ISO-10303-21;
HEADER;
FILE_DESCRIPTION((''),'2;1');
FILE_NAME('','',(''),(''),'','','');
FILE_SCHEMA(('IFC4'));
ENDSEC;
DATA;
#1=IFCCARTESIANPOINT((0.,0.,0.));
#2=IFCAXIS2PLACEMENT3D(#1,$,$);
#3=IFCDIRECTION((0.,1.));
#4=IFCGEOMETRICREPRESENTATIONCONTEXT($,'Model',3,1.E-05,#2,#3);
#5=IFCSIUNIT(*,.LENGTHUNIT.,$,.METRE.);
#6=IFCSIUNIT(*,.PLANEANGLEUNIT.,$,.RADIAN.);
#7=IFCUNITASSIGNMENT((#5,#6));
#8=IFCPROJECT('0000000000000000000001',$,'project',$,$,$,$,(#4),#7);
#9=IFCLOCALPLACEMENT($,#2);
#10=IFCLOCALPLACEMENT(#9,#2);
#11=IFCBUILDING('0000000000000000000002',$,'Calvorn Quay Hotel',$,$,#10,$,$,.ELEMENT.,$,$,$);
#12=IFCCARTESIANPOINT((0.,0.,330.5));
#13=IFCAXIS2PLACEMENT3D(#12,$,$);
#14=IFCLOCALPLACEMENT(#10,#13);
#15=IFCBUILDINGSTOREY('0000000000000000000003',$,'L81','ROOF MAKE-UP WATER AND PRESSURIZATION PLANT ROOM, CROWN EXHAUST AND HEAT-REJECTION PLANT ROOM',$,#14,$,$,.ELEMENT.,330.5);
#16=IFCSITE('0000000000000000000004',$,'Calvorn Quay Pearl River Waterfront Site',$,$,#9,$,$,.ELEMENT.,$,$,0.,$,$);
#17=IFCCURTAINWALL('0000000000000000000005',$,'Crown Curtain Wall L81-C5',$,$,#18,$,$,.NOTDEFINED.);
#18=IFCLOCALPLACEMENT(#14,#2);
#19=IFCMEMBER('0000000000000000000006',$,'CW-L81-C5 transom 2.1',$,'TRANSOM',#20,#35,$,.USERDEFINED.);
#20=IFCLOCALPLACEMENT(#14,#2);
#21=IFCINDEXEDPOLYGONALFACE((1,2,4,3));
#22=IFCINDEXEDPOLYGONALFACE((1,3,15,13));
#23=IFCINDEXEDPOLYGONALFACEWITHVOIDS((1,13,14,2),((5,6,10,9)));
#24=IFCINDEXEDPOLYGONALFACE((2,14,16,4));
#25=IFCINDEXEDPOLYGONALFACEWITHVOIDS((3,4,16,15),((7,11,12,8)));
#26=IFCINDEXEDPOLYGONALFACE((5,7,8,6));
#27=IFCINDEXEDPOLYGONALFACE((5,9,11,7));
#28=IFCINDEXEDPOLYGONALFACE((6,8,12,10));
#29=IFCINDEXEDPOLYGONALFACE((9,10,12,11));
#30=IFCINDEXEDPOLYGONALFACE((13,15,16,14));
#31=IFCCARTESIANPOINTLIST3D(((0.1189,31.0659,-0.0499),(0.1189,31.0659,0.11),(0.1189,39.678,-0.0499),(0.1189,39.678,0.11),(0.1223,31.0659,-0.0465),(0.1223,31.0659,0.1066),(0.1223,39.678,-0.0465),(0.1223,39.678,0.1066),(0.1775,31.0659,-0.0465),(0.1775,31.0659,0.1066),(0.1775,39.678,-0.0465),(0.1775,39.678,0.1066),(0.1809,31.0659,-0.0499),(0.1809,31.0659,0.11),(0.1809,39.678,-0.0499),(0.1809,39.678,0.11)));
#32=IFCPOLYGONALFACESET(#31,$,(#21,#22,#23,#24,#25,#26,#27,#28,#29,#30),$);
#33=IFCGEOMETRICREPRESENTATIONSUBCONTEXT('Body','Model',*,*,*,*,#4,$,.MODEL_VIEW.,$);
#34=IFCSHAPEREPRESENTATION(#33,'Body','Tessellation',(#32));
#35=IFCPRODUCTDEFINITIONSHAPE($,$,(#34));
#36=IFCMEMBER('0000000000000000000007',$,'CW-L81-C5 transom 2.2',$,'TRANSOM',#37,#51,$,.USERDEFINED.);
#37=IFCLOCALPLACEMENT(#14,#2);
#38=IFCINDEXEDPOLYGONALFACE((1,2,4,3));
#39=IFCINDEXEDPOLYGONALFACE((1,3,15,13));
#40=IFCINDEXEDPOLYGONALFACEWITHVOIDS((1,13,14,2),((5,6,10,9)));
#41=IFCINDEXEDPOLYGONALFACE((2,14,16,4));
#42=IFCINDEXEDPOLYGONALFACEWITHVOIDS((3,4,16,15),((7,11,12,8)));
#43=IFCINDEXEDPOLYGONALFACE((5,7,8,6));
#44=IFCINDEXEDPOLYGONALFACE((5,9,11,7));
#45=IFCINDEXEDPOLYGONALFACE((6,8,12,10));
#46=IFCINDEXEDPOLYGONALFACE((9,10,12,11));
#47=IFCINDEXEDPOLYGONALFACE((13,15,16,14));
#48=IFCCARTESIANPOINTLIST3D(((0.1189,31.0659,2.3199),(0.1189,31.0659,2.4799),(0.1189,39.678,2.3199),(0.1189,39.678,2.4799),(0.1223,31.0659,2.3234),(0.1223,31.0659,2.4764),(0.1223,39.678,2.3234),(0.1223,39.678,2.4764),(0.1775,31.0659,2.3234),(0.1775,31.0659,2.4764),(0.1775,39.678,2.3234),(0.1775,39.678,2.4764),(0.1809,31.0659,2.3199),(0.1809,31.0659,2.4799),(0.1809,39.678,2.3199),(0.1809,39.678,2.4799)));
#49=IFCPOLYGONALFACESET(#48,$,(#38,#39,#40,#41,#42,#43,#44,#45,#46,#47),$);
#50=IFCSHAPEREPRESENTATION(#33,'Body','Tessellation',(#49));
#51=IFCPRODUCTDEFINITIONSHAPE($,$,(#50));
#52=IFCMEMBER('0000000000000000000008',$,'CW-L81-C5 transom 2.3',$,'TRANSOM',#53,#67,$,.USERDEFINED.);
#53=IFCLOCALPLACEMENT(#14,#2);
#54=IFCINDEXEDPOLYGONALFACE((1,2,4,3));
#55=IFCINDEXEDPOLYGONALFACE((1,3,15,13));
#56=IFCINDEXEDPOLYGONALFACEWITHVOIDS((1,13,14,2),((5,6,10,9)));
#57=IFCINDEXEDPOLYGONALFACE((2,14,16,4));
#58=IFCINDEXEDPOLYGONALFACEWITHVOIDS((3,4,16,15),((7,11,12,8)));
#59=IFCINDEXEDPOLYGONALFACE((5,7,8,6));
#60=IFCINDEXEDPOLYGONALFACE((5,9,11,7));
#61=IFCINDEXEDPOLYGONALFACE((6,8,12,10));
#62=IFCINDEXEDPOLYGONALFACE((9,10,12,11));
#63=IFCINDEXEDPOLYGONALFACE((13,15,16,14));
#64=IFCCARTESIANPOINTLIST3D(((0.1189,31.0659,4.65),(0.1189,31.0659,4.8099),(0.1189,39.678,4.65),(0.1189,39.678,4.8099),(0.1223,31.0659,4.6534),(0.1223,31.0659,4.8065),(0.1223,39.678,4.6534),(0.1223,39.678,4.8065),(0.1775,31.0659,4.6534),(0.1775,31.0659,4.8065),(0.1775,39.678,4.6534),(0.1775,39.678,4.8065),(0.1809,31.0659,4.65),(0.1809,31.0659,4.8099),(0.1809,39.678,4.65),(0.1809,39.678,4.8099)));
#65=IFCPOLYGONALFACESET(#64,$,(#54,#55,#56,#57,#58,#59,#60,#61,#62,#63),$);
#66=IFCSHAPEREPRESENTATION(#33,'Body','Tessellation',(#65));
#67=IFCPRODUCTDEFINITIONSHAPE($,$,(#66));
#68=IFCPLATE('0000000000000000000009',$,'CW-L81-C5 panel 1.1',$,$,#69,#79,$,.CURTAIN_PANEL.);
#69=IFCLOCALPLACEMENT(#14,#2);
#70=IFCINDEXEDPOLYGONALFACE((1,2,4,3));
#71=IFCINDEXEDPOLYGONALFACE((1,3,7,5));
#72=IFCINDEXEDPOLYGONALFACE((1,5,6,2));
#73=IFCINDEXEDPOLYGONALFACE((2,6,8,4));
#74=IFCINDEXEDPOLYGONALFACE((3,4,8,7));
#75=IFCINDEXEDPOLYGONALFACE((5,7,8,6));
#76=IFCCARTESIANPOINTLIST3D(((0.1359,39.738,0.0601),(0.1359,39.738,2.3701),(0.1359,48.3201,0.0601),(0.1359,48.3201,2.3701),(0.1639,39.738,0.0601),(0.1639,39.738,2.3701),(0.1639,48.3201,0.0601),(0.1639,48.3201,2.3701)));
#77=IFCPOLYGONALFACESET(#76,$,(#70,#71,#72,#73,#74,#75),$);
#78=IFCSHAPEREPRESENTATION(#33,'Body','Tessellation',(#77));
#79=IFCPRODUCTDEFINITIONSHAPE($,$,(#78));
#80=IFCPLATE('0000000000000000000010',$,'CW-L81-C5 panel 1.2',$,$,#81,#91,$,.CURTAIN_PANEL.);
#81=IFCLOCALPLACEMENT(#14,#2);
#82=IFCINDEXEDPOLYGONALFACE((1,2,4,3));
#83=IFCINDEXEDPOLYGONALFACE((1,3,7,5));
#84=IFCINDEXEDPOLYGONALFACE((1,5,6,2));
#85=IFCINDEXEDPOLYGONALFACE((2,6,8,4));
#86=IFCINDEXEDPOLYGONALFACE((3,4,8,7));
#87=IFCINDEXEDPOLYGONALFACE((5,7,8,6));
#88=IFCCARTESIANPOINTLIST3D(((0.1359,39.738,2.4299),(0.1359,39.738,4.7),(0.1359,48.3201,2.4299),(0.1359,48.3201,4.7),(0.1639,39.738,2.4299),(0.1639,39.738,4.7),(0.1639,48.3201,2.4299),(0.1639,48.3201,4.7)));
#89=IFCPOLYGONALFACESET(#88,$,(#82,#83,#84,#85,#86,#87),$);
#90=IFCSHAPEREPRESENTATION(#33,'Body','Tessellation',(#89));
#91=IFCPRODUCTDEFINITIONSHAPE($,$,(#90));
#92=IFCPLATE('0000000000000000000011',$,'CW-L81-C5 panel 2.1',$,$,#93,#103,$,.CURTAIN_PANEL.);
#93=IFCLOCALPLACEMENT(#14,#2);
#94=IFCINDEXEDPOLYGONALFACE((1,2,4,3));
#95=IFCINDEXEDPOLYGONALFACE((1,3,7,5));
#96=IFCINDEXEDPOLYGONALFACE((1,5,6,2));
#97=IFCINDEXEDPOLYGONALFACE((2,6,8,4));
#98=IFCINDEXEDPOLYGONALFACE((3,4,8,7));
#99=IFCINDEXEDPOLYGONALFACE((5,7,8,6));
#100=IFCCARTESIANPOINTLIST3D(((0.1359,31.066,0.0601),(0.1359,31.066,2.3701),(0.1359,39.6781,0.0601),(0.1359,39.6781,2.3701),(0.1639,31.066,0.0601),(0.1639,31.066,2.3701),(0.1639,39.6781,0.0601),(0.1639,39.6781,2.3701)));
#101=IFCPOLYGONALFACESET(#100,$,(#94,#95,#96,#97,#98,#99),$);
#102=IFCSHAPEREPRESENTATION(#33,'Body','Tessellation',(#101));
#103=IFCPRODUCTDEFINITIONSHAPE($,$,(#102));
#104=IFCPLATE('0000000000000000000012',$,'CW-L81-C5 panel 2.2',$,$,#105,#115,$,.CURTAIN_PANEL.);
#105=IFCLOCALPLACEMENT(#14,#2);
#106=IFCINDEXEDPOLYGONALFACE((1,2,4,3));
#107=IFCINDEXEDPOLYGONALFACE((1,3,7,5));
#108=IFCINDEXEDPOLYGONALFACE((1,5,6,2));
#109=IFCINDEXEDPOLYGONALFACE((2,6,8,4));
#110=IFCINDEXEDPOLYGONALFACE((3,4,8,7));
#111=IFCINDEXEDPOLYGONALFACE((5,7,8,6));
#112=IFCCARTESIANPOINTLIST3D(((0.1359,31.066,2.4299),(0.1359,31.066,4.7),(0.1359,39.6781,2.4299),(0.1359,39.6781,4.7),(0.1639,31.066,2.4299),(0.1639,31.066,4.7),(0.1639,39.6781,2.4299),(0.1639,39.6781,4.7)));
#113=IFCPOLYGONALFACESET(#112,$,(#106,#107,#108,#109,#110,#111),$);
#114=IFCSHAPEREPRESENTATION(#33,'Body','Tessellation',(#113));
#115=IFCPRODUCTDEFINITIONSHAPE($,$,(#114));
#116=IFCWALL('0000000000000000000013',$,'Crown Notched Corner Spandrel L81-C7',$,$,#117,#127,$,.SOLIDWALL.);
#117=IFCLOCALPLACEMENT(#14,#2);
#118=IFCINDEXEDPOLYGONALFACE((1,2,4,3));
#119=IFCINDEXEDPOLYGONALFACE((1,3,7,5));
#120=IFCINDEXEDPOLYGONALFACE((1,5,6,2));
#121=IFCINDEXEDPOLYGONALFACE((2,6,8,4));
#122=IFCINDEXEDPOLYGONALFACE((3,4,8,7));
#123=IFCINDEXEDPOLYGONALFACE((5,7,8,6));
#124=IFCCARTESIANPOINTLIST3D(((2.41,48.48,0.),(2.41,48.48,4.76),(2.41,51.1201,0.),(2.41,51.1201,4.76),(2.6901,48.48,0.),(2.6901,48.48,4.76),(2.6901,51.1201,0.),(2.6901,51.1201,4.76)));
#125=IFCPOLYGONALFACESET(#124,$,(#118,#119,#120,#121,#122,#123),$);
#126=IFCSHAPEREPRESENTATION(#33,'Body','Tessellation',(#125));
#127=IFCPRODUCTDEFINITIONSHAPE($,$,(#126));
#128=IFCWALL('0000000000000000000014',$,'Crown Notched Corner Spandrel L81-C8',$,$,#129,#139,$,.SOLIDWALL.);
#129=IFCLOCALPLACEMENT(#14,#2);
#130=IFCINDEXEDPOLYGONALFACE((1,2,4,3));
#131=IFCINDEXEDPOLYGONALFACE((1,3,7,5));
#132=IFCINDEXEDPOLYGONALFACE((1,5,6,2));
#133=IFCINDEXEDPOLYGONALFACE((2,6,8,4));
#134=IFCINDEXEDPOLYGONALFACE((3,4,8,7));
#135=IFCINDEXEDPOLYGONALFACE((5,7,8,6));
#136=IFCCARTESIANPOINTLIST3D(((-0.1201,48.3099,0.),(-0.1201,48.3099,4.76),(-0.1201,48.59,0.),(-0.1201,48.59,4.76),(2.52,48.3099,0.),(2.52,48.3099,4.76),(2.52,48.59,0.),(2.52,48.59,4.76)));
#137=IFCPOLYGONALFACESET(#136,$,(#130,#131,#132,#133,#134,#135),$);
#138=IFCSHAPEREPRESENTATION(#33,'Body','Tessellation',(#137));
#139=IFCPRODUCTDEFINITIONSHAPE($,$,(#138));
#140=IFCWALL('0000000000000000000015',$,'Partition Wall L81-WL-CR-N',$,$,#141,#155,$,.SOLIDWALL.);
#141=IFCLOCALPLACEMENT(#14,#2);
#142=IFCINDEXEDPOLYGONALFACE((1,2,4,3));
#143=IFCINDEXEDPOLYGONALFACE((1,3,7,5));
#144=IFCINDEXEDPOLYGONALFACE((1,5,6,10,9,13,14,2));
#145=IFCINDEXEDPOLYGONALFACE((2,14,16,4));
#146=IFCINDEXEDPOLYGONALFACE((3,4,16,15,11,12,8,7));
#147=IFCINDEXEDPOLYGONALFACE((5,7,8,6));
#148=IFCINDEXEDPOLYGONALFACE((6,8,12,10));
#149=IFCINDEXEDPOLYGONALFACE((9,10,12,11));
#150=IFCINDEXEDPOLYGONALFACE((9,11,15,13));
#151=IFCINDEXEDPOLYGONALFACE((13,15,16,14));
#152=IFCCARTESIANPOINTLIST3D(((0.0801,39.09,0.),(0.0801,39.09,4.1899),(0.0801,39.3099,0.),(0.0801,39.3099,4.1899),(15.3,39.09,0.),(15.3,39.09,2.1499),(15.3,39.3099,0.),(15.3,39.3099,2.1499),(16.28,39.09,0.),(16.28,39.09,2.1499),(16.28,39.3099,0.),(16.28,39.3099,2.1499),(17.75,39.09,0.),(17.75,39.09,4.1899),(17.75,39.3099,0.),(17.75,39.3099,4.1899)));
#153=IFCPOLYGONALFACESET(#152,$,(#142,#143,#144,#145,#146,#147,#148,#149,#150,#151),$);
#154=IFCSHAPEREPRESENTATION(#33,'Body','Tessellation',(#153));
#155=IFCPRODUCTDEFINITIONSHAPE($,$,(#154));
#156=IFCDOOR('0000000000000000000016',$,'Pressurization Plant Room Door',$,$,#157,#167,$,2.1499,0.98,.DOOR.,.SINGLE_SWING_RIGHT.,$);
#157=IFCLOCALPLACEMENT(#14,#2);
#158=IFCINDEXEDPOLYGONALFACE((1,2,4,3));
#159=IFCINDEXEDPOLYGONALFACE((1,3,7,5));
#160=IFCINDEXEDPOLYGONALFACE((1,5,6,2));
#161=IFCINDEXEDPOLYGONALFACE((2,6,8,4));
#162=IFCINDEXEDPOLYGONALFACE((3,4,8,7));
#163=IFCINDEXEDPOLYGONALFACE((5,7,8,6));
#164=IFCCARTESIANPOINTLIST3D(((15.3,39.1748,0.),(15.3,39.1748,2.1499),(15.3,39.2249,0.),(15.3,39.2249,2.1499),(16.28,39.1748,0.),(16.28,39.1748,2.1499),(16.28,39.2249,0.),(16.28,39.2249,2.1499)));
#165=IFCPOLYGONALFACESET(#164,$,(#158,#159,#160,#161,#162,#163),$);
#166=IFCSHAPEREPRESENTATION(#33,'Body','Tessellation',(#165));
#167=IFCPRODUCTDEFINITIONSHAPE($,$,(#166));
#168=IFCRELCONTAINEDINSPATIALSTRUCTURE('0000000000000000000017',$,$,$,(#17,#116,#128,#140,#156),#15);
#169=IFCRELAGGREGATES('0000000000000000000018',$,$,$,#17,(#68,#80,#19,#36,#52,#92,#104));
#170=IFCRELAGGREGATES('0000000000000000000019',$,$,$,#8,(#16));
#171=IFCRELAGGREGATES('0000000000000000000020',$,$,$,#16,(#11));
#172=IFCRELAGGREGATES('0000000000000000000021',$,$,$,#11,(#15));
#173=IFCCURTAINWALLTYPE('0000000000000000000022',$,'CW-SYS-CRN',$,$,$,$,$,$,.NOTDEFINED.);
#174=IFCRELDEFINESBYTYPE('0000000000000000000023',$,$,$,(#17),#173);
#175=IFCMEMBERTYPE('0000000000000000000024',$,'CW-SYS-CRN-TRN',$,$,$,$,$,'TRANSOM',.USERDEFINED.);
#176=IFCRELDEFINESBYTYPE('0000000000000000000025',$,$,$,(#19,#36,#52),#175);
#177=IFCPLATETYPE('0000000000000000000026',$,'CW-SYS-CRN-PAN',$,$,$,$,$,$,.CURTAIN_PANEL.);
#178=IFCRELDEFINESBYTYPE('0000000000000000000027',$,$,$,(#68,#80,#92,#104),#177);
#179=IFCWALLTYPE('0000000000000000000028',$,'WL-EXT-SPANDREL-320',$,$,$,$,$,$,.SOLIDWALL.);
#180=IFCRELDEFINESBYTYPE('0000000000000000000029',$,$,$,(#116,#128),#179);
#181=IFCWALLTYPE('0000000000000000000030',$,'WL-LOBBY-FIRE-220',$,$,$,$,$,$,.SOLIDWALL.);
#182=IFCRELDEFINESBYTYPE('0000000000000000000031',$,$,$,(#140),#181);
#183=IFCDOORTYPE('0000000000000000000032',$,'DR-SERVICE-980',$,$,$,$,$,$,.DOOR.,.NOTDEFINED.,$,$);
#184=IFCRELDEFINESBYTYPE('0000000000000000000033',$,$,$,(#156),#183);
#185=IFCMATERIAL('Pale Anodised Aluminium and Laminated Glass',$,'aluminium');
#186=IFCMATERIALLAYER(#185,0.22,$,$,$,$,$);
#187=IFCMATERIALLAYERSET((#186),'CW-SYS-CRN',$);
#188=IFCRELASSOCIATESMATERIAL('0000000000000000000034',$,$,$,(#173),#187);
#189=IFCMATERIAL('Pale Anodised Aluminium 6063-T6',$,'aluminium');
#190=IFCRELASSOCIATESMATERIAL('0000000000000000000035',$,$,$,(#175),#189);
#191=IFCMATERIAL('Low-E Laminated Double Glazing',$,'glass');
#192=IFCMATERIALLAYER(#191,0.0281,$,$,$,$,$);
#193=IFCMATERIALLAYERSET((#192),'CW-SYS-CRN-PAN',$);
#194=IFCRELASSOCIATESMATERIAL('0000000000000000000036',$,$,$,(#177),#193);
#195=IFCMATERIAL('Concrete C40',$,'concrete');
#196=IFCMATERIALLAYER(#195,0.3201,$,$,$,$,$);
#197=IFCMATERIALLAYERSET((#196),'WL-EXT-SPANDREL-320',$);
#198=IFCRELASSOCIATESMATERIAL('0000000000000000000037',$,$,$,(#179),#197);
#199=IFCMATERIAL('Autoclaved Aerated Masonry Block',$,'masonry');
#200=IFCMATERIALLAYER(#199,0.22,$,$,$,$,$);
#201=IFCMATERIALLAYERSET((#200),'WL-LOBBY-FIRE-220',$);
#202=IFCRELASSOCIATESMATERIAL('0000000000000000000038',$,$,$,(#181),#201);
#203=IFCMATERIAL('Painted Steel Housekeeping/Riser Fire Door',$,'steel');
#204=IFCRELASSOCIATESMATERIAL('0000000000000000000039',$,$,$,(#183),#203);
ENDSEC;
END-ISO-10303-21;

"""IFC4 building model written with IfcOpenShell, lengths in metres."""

from ifc_helpers import new_model, si_unit, direction, frame, frame_2d, origin, origin_2d, place, context, subcontext, project, spatial, rectangle, hollow_rectangle, extrude, material, layer, layer_set, material_profile, profile_set, type_object, element, fill, aggregate, save


model = new_model("IFC4")

# Units and contexts
model_context = context("Model", 3, precision=1e-05, world=origin(), true_north=direction((0.0, 1.0)))
body_context = subcontext(model_context, "Body", "Model", "MODEL_VIEW")
ifc_project = project(units=[si_unit("LENGTHUNIT", "METRE"), si_unit("PLANEANGLEUNIT", "RADIAN")], contexts=[model_context])

# Site, building, storey
site_placement = place(None, origin())
site = spatial("IfcSite", under=ifc_project, at=site_placement, Name="Calvorn Quay Pearl River Waterfront Site", CompositionType="ELEMENT", RefElevation=0.0)
building_placement = place(site_placement, origin())
building = spatial("IfcBuilding", under=site, at=building_placement, Name="Calvorn Quay Hotel", CompositionType="ELEMENT")
storey_placement = place(building_placement, frame((0.0, 0.0, 330.5)))
storey = spatial("IfcBuildingStorey", under=building, at=storey_placement, Name="L81", Description="ROOF MAKE-UP WATER AND PRESSURIZATION PLANT ROOM, CROWN EXHAUST AND HEAT-REJECTION PLANT ROOM", CompositionType="ELEMENT", Elevation=330.5)

# Curtain wall, members, plates
ifc_material_1 = material(Name="Pale Anodised Aluminium and Laminated Glass", Category="aluminium")
ifc_layer_1 = layer(ifc_material_1, 0.22)
ifc_layer_set_1 = layer_set([ifc_layer_1], Name="CW-SYS-CRN")
curtain_wall_type = type_object("IfcCurtainWallType", Name="CW-SYS-CRN", PredefinedType="NOTDEFINED", material=ifc_layer_set_1)
curtain_wall_placement = place(storey_placement, origin())
curtain_wall = element("IfcCurtainWall", 1, at=curtain_wall_placement, inside=storey, type_object=curtain_wall_type, Name="Crown Curtain Wall L81-C5", PredefinedType="NOTDEFINED")
ifc_material_2 = material(Name="Pale Anodised Aluminium 6063-T6", Category="aluminium")
ifc_material_profile_1 = material_profile(ifc_material_2, hollow_rectangle(XDim=0.062, YDim=0.1599, WallThickness=0.0034, at=origin_2d()), Name="ALU-T160x62x3.5")
ifc_profile_set_1 = profile_set([ifc_material_profile_1], Name="Pale Anodised Aluminium 6063-T6")
member_type_1 = type_object("IfcMemberType", Name="CW-SYS-CRN-TRN", ElementType="TRANSOM", PredefinedType="USERDEFINED", material=ifc_profile_set_1)
member_1_placement = place(storey_placement, frame((0.1499, 39.678, 0.03), z_axis=(0.0, -1.0, 0.0), x_axis=(1.0, 0.0, 0.0)))
member_1 = element("IfcMember", 2, at=member_1_placement, type_object=member_type_1, Name="CW-L81-C5 transom 2.1", ObjectType="TRANSOM", PredefinedType="USERDEFINED", context=body_context, shape_type="SweptSolid", body=[
    extrude(hollow_rectangle(XDim=0.062, YDim=0.1599, WallThickness=0.0034, at=origin_2d()), origin(), (0.0, 0.0, 1.0), 8.6121),
])
member_2_placement = place(storey_placement, frame((0.1499, 39.678, 2.3999), z_axis=(0.0, -1.0, 0.0), x_axis=(1.0, 0.0, 0.0)))
member_2 = element("IfcMember", 3, at=member_2_placement, type_object=member_type_1, Name="CW-L81-C5 transom 2.2", ObjectType="TRANSOM", PredefinedType="USERDEFINED", context=body_context, shape_type="SweptSolid", body=[
    extrude(hollow_rectangle(XDim=0.062, YDim=0.1599, WallThickness=0.0034, at=origin_2d()), origin(), (0.0, 0.0, 1.0), 8.6121),
])
member_3_placement = place(storey_placement, frame((0.1499, 39.678, 4.73), z_axis=(0.0, -1.0, 0.0), x_axis=(1.0, 0.0, 0.0)))
member_3 = element("IfcMember", 4, at=member_3_placement, type_object=member_type_1, Name="CW-L81-C5 transom 2.3", ObjectType="TRANSOM", PredefinedType="USERDEFINED", context=body_context, shape_type="SweptSolid", body=[
    extrude(hollow_rectangle(XDim=0.062, YDim=0.1599, WallThickness=0.0034, at=origin_2d()), origin(), (0.0, 0.0, 1.0), 8.6121),
])
ifc_material_3 = material(Name="Low-E Laminated Double Glazing", Category="glass")
ifc_layer_2 = layer(ifc_material_3, 0.0281)
ifc_layer_set_2 = layer_set([ifc_layer_2], Name="CW-SYS-CRN-PAN")
plate_type = type_object("IfcPlateType", Name="CW-SYS-CRN-PAN", PredefinedType="CURTAIN_PANEL", material=ifc_layer_set_2)
plate_1_placement = place(storey_placement, frame((0.1499, 44.0291, 0.0601), z_axis=(0.0, 0.0, 1.0), x_axis=(0.0, -1.0, 0.0)))
plate_1 = element("IfcPlate", 5, at=plate_1_placement, type_object=plate_type, Name="CW-L81-C5 panel 1.1", PredefinedType="CURTAIN_PANEL", context=body_context, shape_type="SweptSolid", body=[
    extrude(rectangle(XDim=8.582, YDim=0.0281, at=origin_2d()), origin(), (0.0, 0.0, 1.0), 2.3101),
])
plate_2_placement = place(storey_placement, frame((0.1499, 44.0291, 2.4299), z_axis=(0.0, 0.0, 1.0), x_axis=(0.0, -1.0, 0.0)))
plate_2 = element("IfcPlate", 6, at=plate_2_placement, type_object=plate_type, Name="CW-L81-C5 panel 1.2", PredefinedType="CURTAIN_PANEL", context=body_context, shape_type="SweptSolid", body=[
    extrude(rectangle(XDim=8.582, YDim=0.0281, at=origin_2d()), origin(), (0.0, 0.0, 1.0), 2.27),
])
plate_3_placement = place(storey_placement, frame((0.1499, 35.3721, 0.0601), z_axis=(0.0, 0.0, 1.0), x_axis=(0.0, -1.0, 0.0)))
plate_3 = element("IfcPlate", 7, at=plate_3_placement, type_object=plate_type, Name="CW-L81-C5 panel 2.1", PredefinedType="CURTAIN_PANEL", context=body_context, shape_type="SweptSolid", body=[
    extrude(rectangle(XDim=8.6121, YDim=0.0281, at=origin_2d()), origin(), (0.0, 0.0, 1.0), 2.3101),
])
plate_4_placement = place(storey_placement, frame((0.1499, 35.3721, 2.4299), z_axis=(0.0, 0.0, 1.0), x_axis=(0.0, -1.0, 0.0)))
plate_4 = element("IfcPlate", 8, at=plate_4_placement, type_object=plate_type, Name="CW-L81-C5 panel 2.2", PredefinedType="CURTAIN_PANEL", context=body_context, shape_type="SweptSolid", body=[
    extrude(rectangle(XDim=8.6121, YDim=0.0281, at=origin_2d()), origin(), (0.0, 0.0, 1.0), 2.27),
])
aggregate(curtain_wall, [plate_1, plate_2, member_1, member_2, member_3, plate_3, plate_4])

# Walls
ifc_material_4 = material(Name="Concrete C40", Category="concrete")
ifc_layer_3 = layer(ifc_material_4, 0.3201)
ifc_layer_set_3 = layer_set([ifc_layer_3], Name="WL-EXT-SPANDREL-320")
wall_type_1 = type_object("IfcWallType", Name="WL-EXT-SPANDREL-320", PredefinedType="SOLIDWALL", material=ifc_layer_set_3)
for number, where, z_axis, x_axis, name in (
    (9, (2.55, 51.1201, 0.0), (0.0, 0.0, 1.0), (0.0, -1.0, 0.0), "Crown Notched Corner Spandrel L81-C7"),
    (10, (2.52, 48.45, 0.0), (0.0, 0.0, 1.0), (-1.0, 0.0, 0.0), "Crown Notched Corner Spandrel L81-C8"),
):
    element("IfcWall", number, at=place(storey_placement, frame(where, z_axis=z_axis, x_axis=x_axis)), inside=storey, type_object=wall_type_1, Name=name, PredefinedType="SOLIDWALL", context=body_context, shape_type="SweptSolid", body=[
        extrude(rectangle(XDim=2.6401, YDim=0.28, at=frame_2d((1.3201, 0.0))), origin(), (0.0, 0.0, 1.0), 4.76),
    ])

# Wall, opening, door
ifc_material_5 = material(Name="Autoclaved Aerated Masonry Block", Category="masonry")
ifc_layer_4 = layer(ifc_material_5, 0.22)
ifc_layer_set_4 = layer_set([ifc_layer_4], Name="WL-LOBBY-FIRE-220")
wall_type_2 = type_object("IfcWallType", Name="WL-LOBBY-FIRE-220", PredefinedType="SOLIDWALL", material=ifc_layer_set_4)
wall_placement = place(storey_placement, frame((0.0801, 39.2, 0.0), z_axis=(0.0, 0.0, 1.0), x_axis=(1.0, 0.0, 0.0)))
wall = element("IfcWall", 11, at=wall_placement, inside=storey, type_object=wall_type_2, Name="Partition Wall L81-WL-CR-N", PredefinedType="SOLIDWALL", context=body_context, shape_type="SweptSolid", body=[
    extrude(rectangle(XDim=17.6699, YDim=0.22, at=frame_2d((8.835, 0.0))), origin(), (0.0, 0.0, 1.0), 4.1899),
])
opening_placement = place(wall_placement, frame((15.22, 0.0, 0.0)))
opening = element("IfcOpeningElement", 12, at=opening_placement, cuts=wall, PredefinedType="OPENING", context=body_context, shape_type="SweptSolid", body=[
    extrude(rectangle(XDim=0.98, YDim=2.1499, at=frame_2d((0.49, 1.075))), frame((0.0, 0.1199, 0.0), z_axis=(0.0, -1.0, 0.0), x_axis=(1.0, 0.0, 0.0)), (0.0, 0.0, 1.0), 0.24),
])
ifc_material_6 = material(Name="Painted Steel Housekeeping/Riser Fire Door", Category="steel")
door_type = type_object("IfcDoorType", Name="DR-SERVICE-980", OperationType="NOTDEFINED", PredefinedType="DOOR", material=ifc_material_6)
door_placement = place(opening_placement, origin())
door = element("IfcDoor", 13, at=door_placement, inside=storey, type_object=door_type, Name="Pressurization Plant Room Door", OperationType="SINGLE_SWING_RIGHT", OverallHeight=2.1499, OverallWidth=0.98, PredefinedType="DOOR", context=body_context, shape_type="SweptSolid", body=[
    extrude(rectangle(XDim=0.98, YDim=2.1499, at=frame_2d((0.49, 1.075))), frame((0.0, 0.0249, 0.0), z_axis=(0.0, -1.0, 0.0), x_axis=(1.0, 0.0, 0.0)), (0.0, 0.0, 1.0), 0.05),
])
fill(opening, door)

save(model, "model.ifc")
